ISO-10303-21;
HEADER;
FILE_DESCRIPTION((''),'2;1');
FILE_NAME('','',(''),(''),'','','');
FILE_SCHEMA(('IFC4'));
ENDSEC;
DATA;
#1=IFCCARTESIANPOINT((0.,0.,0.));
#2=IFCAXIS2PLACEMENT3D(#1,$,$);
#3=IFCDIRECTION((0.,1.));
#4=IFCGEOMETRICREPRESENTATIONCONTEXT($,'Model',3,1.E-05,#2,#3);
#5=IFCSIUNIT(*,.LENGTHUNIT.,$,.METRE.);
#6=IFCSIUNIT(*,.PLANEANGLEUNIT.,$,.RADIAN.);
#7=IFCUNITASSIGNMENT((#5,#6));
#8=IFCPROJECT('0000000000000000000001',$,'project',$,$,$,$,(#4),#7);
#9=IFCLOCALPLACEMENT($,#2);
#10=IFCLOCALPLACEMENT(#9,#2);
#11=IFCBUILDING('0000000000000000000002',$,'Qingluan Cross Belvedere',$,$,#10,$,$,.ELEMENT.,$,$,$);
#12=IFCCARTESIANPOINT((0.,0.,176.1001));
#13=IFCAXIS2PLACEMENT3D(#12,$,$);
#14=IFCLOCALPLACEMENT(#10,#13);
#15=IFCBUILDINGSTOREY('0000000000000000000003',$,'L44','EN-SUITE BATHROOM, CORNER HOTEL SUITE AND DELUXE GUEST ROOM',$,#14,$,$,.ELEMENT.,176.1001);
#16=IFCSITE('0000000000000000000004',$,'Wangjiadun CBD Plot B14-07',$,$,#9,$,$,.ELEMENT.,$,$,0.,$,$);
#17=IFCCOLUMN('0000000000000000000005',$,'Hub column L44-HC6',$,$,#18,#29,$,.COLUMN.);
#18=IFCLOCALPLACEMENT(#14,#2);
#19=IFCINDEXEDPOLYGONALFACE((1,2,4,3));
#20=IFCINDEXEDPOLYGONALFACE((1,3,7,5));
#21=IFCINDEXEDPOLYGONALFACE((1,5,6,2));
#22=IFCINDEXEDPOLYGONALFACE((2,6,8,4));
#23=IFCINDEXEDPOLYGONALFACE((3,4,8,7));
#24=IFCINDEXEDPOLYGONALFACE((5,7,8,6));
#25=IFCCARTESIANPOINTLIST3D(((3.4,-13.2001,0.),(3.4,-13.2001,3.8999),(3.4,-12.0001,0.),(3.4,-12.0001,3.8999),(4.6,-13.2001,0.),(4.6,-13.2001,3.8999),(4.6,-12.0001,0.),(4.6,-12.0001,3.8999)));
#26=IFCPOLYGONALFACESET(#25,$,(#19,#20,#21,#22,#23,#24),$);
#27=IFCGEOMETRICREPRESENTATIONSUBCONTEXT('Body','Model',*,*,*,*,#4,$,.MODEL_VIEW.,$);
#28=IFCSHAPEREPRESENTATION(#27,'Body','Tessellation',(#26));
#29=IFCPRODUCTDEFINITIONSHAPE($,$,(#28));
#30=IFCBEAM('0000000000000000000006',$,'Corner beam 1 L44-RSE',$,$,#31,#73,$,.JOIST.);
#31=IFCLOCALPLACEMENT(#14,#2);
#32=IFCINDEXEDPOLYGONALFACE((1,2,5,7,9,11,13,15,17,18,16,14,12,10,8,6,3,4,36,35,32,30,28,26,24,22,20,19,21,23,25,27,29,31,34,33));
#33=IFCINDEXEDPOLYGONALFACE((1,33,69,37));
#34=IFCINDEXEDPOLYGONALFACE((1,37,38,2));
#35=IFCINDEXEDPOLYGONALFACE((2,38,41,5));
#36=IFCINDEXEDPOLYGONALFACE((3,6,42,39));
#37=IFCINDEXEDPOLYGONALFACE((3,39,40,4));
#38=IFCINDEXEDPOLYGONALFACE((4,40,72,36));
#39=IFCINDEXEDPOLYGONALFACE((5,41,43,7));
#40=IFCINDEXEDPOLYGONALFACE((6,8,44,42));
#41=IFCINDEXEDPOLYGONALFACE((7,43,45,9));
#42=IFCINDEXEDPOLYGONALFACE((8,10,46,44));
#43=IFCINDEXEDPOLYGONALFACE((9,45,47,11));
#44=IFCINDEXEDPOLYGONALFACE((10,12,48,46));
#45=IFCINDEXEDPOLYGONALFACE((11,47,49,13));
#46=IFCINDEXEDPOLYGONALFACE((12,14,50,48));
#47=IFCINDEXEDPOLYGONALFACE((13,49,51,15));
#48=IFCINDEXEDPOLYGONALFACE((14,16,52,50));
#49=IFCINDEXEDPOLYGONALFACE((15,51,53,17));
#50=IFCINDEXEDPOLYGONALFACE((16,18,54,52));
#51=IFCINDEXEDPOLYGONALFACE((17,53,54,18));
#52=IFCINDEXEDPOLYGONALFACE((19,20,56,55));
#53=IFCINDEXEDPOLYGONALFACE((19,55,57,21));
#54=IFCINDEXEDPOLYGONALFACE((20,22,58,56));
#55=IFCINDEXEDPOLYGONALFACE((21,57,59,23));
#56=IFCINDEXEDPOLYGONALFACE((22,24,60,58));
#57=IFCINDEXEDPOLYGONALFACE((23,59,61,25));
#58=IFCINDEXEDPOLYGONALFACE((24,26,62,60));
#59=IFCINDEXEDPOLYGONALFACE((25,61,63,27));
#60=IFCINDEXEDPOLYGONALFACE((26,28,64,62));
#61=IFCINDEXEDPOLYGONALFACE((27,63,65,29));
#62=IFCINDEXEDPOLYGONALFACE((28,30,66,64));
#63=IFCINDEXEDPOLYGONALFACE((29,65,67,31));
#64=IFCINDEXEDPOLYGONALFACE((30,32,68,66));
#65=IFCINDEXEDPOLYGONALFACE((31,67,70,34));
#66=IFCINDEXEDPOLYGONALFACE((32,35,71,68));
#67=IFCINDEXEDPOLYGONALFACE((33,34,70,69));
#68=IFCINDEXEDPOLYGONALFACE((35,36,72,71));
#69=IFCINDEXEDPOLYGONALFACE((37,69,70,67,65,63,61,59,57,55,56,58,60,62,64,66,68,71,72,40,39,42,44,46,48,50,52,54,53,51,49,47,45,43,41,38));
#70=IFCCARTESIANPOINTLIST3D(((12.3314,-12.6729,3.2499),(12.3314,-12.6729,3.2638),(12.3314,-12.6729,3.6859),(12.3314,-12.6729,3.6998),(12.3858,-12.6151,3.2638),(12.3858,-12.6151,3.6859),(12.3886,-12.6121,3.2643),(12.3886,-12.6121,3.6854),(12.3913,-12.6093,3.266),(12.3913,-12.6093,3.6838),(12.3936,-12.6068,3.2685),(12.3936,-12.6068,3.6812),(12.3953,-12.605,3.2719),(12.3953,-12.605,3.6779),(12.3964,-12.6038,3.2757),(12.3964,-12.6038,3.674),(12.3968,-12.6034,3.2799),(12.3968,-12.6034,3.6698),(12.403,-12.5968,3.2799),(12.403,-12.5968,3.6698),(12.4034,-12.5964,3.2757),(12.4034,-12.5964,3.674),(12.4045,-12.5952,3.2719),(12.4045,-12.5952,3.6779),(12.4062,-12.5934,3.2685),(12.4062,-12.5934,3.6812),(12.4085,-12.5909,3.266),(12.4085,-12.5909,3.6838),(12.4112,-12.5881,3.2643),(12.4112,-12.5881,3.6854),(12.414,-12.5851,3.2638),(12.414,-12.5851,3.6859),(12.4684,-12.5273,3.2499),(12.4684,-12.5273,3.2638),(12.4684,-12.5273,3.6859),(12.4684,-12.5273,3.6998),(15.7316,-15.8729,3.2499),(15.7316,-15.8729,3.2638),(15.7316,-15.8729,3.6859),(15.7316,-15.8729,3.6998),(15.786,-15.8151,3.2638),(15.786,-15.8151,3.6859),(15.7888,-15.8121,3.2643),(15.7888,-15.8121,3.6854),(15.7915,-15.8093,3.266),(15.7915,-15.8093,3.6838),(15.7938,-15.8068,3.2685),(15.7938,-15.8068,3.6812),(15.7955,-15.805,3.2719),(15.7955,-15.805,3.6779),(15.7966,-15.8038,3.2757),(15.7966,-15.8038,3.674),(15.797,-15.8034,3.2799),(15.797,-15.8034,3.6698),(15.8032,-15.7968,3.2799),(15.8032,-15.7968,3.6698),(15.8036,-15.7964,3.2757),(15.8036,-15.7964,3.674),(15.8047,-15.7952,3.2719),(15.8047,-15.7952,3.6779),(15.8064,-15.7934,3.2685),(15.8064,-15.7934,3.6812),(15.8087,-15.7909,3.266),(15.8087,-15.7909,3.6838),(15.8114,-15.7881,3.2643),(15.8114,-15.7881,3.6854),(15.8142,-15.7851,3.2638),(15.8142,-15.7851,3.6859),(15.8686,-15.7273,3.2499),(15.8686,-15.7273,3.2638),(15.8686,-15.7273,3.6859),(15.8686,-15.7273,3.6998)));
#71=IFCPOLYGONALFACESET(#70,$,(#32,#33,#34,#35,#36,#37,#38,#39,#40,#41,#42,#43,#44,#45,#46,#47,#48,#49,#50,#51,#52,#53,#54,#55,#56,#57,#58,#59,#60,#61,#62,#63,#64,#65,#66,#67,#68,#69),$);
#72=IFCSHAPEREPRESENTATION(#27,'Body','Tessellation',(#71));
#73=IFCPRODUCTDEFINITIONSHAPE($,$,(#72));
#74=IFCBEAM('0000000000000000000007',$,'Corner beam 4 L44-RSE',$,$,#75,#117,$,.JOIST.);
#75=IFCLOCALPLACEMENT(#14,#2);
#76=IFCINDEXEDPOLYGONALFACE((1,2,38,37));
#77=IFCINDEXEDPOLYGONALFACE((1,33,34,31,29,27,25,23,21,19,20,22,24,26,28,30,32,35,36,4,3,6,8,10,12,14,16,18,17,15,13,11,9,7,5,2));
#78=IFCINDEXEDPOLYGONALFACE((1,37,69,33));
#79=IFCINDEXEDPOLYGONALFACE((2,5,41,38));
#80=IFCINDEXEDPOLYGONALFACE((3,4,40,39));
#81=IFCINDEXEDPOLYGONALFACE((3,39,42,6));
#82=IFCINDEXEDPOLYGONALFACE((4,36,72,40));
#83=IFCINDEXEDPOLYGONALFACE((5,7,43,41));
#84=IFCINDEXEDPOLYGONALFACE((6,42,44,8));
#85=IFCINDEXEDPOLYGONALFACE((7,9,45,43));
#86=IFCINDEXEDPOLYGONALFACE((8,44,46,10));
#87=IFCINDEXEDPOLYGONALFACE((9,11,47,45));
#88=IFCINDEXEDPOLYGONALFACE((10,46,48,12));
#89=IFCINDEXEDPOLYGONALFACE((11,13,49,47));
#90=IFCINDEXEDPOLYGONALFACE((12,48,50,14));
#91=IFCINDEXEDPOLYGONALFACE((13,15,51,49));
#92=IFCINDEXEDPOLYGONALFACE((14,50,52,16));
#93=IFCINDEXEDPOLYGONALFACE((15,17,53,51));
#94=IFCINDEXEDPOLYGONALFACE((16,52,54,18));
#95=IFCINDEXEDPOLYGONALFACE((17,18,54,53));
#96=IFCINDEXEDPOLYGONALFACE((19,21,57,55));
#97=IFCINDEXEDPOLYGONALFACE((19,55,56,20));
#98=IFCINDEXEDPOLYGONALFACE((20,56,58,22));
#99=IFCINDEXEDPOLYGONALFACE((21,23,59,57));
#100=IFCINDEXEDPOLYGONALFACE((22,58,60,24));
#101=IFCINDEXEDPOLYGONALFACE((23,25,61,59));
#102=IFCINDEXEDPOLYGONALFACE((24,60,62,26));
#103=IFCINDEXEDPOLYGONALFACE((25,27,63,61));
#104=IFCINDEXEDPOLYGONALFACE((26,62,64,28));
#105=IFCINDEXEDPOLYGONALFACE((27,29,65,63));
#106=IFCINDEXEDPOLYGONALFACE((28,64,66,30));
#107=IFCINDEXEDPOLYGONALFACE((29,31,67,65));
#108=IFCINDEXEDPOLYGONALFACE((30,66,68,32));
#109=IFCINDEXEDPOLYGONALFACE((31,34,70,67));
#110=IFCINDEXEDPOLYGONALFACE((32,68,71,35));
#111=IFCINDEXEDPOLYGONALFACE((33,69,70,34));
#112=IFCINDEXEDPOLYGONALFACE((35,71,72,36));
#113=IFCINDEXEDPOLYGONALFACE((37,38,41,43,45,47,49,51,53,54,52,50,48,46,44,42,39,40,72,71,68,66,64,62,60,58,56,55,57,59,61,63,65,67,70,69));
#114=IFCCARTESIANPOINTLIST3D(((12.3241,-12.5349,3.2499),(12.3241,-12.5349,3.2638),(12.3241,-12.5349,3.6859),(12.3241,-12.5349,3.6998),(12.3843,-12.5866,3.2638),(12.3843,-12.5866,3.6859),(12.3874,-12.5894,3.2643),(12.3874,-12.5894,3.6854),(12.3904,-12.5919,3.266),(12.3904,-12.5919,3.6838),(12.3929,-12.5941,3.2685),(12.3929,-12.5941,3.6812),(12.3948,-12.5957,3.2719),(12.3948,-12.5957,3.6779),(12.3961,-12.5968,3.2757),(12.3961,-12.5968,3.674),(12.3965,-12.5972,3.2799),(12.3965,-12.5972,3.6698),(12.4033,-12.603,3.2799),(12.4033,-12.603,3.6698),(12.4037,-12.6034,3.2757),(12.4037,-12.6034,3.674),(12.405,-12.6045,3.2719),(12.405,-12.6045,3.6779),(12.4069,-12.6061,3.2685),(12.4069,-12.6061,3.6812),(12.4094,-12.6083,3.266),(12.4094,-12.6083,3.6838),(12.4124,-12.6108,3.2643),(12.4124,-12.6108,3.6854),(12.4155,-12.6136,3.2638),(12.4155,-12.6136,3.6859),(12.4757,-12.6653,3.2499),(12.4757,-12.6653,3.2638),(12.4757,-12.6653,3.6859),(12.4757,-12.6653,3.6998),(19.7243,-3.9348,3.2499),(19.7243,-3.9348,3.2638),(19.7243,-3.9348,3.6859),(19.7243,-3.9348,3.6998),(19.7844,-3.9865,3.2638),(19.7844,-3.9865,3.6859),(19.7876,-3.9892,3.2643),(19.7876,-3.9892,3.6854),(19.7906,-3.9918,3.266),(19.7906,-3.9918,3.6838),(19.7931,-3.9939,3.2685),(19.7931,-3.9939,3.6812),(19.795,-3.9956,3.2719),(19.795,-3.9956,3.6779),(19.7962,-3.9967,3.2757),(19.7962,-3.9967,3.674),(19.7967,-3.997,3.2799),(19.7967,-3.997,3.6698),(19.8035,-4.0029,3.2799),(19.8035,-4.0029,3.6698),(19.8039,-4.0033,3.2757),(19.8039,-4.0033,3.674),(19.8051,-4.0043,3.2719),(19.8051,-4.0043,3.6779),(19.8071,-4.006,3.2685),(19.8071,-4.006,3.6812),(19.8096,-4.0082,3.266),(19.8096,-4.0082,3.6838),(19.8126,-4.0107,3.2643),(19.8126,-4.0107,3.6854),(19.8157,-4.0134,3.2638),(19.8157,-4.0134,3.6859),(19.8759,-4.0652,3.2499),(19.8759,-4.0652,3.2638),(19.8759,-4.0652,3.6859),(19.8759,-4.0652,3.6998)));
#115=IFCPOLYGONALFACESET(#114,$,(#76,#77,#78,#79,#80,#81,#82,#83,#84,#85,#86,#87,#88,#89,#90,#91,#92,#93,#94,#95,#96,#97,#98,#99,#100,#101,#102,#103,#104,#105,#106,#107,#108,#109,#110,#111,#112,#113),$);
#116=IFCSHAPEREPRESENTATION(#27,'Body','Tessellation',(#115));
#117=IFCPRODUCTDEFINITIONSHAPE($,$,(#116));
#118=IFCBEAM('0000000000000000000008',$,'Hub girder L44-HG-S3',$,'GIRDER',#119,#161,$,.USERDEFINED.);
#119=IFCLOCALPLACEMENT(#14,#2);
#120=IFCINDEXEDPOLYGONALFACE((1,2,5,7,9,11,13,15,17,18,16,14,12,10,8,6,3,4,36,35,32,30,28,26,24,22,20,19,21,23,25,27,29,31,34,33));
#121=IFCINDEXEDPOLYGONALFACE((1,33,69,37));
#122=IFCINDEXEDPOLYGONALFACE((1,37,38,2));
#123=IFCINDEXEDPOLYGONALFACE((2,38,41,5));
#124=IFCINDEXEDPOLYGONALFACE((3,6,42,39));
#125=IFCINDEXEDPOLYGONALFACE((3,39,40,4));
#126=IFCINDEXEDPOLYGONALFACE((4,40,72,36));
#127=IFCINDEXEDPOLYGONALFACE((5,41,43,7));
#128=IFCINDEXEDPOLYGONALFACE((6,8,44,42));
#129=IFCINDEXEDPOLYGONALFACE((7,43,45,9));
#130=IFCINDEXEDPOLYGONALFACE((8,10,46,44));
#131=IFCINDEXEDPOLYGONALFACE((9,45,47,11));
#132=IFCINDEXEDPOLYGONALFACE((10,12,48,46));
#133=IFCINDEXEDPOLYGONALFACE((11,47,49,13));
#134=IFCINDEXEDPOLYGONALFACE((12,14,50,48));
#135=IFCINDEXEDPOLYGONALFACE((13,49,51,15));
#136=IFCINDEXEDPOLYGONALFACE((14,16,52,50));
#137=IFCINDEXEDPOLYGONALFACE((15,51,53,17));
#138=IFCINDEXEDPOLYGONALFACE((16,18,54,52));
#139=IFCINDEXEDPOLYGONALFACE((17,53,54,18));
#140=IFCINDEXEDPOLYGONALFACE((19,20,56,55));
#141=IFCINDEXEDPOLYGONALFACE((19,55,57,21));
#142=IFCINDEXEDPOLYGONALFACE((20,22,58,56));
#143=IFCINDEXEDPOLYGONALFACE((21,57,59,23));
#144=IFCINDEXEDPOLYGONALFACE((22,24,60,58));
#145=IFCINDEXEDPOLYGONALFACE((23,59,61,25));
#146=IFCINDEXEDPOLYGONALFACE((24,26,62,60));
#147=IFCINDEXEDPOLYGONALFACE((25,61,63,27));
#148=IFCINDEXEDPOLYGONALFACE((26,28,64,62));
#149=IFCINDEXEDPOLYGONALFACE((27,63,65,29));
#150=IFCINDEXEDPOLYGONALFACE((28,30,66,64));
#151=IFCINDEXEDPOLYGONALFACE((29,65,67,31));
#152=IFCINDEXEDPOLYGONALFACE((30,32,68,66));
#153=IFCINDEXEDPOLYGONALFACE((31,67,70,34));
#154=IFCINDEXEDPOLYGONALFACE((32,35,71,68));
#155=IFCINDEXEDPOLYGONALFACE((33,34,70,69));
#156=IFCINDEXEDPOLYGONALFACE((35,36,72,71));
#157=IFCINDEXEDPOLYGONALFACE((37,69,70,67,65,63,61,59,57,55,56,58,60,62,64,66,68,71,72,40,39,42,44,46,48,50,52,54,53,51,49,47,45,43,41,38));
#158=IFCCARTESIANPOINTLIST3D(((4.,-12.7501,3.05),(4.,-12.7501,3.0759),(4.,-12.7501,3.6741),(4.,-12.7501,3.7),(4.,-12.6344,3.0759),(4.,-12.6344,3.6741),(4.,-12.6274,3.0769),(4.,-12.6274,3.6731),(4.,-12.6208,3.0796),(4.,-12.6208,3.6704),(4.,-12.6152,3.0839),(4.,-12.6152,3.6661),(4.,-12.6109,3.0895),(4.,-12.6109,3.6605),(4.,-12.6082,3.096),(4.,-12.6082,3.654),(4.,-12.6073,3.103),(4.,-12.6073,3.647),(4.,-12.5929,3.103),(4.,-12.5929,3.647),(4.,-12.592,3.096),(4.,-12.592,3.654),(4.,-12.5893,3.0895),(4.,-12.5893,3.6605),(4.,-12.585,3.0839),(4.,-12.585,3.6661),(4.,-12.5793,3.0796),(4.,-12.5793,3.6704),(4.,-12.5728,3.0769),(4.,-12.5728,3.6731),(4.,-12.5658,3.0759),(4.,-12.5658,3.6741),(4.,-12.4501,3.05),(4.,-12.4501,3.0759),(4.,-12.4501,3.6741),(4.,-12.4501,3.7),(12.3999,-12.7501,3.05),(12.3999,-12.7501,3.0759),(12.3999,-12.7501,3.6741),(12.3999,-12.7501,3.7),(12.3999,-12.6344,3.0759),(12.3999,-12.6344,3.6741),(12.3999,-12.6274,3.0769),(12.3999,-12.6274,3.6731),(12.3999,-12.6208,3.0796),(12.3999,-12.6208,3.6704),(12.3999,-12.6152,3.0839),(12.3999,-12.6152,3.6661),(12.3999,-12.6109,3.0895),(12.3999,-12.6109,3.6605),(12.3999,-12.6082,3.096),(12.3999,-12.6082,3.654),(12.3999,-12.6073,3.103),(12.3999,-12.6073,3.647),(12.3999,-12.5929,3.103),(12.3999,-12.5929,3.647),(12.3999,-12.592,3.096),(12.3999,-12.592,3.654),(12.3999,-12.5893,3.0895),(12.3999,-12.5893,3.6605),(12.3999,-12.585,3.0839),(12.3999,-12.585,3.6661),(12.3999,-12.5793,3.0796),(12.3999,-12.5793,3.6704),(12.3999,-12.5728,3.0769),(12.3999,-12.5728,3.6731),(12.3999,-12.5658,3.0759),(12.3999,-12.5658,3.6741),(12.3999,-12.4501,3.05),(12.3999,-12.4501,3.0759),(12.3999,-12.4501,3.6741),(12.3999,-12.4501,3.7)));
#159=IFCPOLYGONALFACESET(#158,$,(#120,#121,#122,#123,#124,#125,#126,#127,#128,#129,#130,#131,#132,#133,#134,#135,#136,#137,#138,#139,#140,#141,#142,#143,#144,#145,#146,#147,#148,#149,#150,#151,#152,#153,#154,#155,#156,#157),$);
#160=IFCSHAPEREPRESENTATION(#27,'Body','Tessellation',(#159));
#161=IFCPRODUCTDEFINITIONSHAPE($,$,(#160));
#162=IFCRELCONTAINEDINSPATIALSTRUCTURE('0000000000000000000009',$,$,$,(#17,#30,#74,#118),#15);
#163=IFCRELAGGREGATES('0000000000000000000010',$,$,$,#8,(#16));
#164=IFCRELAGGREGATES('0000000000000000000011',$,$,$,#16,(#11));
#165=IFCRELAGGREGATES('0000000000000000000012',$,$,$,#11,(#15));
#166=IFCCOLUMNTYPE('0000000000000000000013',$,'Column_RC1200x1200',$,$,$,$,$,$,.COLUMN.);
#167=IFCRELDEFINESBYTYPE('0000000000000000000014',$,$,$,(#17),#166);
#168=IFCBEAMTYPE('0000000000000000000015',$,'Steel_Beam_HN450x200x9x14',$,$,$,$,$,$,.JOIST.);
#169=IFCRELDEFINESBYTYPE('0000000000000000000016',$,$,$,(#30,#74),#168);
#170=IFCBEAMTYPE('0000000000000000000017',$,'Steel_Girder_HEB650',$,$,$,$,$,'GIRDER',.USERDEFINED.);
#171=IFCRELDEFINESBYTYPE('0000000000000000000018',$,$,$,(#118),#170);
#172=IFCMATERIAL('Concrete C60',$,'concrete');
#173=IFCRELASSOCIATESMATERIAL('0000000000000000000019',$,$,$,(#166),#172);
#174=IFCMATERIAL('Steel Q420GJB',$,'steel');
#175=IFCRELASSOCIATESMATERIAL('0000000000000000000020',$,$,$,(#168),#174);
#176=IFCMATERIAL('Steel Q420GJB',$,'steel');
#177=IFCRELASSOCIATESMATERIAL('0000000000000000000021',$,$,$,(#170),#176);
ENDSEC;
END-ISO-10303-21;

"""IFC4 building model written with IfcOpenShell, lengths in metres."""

from ifc_helpers import new_model, si_unit, direction, frame, origin, origin_2d, place, context, subcontext, project, spatial, rectangle, i_section, extrude, material, material_profile, profile_set, type_object, element, save


model = new_model("IFC4")

# Units and contexts
model_context = context("Model", 3, precision=1e-05, world=origin(), true_north=direction((0.0, 1.0)))
body_context = subcontext(model_context, "Body", "Model", "MODEL_VIEW")
ifc_project = project(units=[si_unit("LENGTHUNIT", "METRE"), si_unit("PLANEANGLEUNIT", "RADIAN")], contexts=[model_context])

# Site, building, storey
site_placement = place(None, origin())
site = spatial("IfcSite", under=ifc_project, at=site_placement, Name="Wangjiadun CBD Plot B14-07", CompositionType="ELEMENT", RefElevation=0.0)
building_placement = place(site_placement, origin())
building = spatial("IfcBuilding", under=site, at=building_placement, Name="Qingluan Cross Belvedere", CompositionType="ELEMENT")
storey_placement = place(building_placement, frame((0.0, 0.0, 176.1001)))
storey = spatial("IfcBuildingStorey", under=building, at=storey_placement, Name="L44", Description="EN-SUITE BATHROOM, CORNER HOTEL SUITE AND DELUXE GUEST ROOM", CompositionType="ELEMENT", Elevation=176.1001)

# Column
ifc_material_1 = material(Name="Concrete C60", Category="concrete")
ifc_material_profile_1 = material_profile(ifc_material_1, rectangle(XDim=1.2, YDim=1.2, at=origin_2d()), Name="RC1200x1200")
ifc_profile_set_1 = profile_set([ifc_material_profile_1], Name="Concrete C60")
column_type = type_object("IfcColumnType", Name="Column_RC1200x1200", PredefinedType="COLUMN", material=ifc_profile_set_1)
column_placement = place(storey_placement, frame((4.0, -12.6001, 0.0), z_axis=(0.0, 0.0, 1.0), x_axis=(1.0, 0.0, 0.0)))
element("IfcColumn", 1, at=column_placement, inside=storey, type_object=column_type, Name="Hub column L44-HC6", PredefinedType="COLUMN", context=body_context, shape_type="SweptSolid", body=[
    extrude(rectangle(XDim=1.2, YDim=1.2, at=origin_2d()), origin(), (0.0, 0.0, 1.0), 3.8999),
])

# Beams
ifc_material_2 = material(Name="Steel Q420GJB", Category="steel")
ifc_material_profile_2 = material_profile(ifc_material_2, i_section(OverallWidth=0.2, OverallDepth=0.45, WebThickness=0.009, FlangeThickness=0.0139, FilletRadius=0.0161, at=origin_2d()), Name="HN450x200x9x14")
ifc_profile_set_2 = profile_set([ifc_material_profile_2], Name="Steel Q420GJB")
beam_type_1 = type_object("IfcBeamType", Name="Steel_Beam_HN450x200x9x14", PredefinedType="JOIST", material=ifc_profile_set_2)
beam_1_placement = place(storey_placement, frame((12.3999, -12.6001, 3.4749), z_axis=(0.72822, -0.685343, 0.0), x_axis=(0.685343, 0.72822, 0.0)))
element("IfcBeam", 2, at=beam_1_placement, inside=storey, type_object=beam_type_1, Name="Corner beam 1 L44-RSE", PredefinedType="JOIST", context=body_context, shape_type="SweptSolid", body=[
    extrude(i_section(OverallWidth=0.2, OverallDepth=0.45, WebThickness=0.009, FlangeThickness=0.0139, FilletRadius=0.0161, at=origin_2d()), origin(), (0.0, 0.0, 1.0), 4.6692),
])
beam_2_placement = place(storey_placement, frame((12.3999, -12.6001, 3.4749), z_axis=(0.652245, 0.758008, 0.0), x_axis=(-0.758008, 0.652245, 0.0)))
element("IfcBeam", 3, at=beam_2_placement, inside=storey, type_object=beam_type_1, Name="Corner beam 4 L44-RSE", PredefinedType="JOIST", context=body_context, shape_type="SweptSolid", body=[
    extrude(i_section(OverallWidth=0.2, OverallDepth=0.45, WebThickness=0.009, FlangeThickness=0.0139, FilletRadius=0.0161, at=origin_2d()), origin(), (0.0, 0.0, 1.0), 11.3457),
])
ifc_material_3 = material(Name="Steel Q420GJB", Category="steel")
ifc_material_profile_3 = material_profile(ifc_material_3, i_section(OverallWidth=0.3, OverallDepth=0.6499, WebThickness=0.0144, FlangeThickness=0.0259, FilletRadius=0.0271, at=origin_2d()), Name="HEB650")
ifc_profile_set_3 = profile_set([ifc_material_profile_3], Name="Steel Q420GJB")
beam_type_2 = type_object("IfcBeamType", Name="Steel_Girder_HEB650", ElementType="GIRDER", PredefinedType="USERDEFINED", material=ifc_profile_set_3)
beam_3_placement = place(storey_placement, frame((4.0, -12.6001, 3.375), z_axis=(1.0, 0.0, 0.0), x_axis=(0.0, 1.0, 0.0)))
element("IfcBeam", 4, at=beam_3_placement, inside=storey, type_object=beam_type_2, Name="Hub girder L44-HG-S3", ObjectType="GIRDER", PredefinedType="USERDEFINED", context=body_context, shape_type="SweptSolid", body=[
    extrude(i_section(OverallWidth=0.3, OverallDepth=0.6499, WebThickness=0.0144, FlangeThickness=0.0259, FilletRadius=0.0271, at=origin_2d()), origin(), (0.0, 0.0, 1.0), 8.3999),
])

save(model, "model.ifc")
